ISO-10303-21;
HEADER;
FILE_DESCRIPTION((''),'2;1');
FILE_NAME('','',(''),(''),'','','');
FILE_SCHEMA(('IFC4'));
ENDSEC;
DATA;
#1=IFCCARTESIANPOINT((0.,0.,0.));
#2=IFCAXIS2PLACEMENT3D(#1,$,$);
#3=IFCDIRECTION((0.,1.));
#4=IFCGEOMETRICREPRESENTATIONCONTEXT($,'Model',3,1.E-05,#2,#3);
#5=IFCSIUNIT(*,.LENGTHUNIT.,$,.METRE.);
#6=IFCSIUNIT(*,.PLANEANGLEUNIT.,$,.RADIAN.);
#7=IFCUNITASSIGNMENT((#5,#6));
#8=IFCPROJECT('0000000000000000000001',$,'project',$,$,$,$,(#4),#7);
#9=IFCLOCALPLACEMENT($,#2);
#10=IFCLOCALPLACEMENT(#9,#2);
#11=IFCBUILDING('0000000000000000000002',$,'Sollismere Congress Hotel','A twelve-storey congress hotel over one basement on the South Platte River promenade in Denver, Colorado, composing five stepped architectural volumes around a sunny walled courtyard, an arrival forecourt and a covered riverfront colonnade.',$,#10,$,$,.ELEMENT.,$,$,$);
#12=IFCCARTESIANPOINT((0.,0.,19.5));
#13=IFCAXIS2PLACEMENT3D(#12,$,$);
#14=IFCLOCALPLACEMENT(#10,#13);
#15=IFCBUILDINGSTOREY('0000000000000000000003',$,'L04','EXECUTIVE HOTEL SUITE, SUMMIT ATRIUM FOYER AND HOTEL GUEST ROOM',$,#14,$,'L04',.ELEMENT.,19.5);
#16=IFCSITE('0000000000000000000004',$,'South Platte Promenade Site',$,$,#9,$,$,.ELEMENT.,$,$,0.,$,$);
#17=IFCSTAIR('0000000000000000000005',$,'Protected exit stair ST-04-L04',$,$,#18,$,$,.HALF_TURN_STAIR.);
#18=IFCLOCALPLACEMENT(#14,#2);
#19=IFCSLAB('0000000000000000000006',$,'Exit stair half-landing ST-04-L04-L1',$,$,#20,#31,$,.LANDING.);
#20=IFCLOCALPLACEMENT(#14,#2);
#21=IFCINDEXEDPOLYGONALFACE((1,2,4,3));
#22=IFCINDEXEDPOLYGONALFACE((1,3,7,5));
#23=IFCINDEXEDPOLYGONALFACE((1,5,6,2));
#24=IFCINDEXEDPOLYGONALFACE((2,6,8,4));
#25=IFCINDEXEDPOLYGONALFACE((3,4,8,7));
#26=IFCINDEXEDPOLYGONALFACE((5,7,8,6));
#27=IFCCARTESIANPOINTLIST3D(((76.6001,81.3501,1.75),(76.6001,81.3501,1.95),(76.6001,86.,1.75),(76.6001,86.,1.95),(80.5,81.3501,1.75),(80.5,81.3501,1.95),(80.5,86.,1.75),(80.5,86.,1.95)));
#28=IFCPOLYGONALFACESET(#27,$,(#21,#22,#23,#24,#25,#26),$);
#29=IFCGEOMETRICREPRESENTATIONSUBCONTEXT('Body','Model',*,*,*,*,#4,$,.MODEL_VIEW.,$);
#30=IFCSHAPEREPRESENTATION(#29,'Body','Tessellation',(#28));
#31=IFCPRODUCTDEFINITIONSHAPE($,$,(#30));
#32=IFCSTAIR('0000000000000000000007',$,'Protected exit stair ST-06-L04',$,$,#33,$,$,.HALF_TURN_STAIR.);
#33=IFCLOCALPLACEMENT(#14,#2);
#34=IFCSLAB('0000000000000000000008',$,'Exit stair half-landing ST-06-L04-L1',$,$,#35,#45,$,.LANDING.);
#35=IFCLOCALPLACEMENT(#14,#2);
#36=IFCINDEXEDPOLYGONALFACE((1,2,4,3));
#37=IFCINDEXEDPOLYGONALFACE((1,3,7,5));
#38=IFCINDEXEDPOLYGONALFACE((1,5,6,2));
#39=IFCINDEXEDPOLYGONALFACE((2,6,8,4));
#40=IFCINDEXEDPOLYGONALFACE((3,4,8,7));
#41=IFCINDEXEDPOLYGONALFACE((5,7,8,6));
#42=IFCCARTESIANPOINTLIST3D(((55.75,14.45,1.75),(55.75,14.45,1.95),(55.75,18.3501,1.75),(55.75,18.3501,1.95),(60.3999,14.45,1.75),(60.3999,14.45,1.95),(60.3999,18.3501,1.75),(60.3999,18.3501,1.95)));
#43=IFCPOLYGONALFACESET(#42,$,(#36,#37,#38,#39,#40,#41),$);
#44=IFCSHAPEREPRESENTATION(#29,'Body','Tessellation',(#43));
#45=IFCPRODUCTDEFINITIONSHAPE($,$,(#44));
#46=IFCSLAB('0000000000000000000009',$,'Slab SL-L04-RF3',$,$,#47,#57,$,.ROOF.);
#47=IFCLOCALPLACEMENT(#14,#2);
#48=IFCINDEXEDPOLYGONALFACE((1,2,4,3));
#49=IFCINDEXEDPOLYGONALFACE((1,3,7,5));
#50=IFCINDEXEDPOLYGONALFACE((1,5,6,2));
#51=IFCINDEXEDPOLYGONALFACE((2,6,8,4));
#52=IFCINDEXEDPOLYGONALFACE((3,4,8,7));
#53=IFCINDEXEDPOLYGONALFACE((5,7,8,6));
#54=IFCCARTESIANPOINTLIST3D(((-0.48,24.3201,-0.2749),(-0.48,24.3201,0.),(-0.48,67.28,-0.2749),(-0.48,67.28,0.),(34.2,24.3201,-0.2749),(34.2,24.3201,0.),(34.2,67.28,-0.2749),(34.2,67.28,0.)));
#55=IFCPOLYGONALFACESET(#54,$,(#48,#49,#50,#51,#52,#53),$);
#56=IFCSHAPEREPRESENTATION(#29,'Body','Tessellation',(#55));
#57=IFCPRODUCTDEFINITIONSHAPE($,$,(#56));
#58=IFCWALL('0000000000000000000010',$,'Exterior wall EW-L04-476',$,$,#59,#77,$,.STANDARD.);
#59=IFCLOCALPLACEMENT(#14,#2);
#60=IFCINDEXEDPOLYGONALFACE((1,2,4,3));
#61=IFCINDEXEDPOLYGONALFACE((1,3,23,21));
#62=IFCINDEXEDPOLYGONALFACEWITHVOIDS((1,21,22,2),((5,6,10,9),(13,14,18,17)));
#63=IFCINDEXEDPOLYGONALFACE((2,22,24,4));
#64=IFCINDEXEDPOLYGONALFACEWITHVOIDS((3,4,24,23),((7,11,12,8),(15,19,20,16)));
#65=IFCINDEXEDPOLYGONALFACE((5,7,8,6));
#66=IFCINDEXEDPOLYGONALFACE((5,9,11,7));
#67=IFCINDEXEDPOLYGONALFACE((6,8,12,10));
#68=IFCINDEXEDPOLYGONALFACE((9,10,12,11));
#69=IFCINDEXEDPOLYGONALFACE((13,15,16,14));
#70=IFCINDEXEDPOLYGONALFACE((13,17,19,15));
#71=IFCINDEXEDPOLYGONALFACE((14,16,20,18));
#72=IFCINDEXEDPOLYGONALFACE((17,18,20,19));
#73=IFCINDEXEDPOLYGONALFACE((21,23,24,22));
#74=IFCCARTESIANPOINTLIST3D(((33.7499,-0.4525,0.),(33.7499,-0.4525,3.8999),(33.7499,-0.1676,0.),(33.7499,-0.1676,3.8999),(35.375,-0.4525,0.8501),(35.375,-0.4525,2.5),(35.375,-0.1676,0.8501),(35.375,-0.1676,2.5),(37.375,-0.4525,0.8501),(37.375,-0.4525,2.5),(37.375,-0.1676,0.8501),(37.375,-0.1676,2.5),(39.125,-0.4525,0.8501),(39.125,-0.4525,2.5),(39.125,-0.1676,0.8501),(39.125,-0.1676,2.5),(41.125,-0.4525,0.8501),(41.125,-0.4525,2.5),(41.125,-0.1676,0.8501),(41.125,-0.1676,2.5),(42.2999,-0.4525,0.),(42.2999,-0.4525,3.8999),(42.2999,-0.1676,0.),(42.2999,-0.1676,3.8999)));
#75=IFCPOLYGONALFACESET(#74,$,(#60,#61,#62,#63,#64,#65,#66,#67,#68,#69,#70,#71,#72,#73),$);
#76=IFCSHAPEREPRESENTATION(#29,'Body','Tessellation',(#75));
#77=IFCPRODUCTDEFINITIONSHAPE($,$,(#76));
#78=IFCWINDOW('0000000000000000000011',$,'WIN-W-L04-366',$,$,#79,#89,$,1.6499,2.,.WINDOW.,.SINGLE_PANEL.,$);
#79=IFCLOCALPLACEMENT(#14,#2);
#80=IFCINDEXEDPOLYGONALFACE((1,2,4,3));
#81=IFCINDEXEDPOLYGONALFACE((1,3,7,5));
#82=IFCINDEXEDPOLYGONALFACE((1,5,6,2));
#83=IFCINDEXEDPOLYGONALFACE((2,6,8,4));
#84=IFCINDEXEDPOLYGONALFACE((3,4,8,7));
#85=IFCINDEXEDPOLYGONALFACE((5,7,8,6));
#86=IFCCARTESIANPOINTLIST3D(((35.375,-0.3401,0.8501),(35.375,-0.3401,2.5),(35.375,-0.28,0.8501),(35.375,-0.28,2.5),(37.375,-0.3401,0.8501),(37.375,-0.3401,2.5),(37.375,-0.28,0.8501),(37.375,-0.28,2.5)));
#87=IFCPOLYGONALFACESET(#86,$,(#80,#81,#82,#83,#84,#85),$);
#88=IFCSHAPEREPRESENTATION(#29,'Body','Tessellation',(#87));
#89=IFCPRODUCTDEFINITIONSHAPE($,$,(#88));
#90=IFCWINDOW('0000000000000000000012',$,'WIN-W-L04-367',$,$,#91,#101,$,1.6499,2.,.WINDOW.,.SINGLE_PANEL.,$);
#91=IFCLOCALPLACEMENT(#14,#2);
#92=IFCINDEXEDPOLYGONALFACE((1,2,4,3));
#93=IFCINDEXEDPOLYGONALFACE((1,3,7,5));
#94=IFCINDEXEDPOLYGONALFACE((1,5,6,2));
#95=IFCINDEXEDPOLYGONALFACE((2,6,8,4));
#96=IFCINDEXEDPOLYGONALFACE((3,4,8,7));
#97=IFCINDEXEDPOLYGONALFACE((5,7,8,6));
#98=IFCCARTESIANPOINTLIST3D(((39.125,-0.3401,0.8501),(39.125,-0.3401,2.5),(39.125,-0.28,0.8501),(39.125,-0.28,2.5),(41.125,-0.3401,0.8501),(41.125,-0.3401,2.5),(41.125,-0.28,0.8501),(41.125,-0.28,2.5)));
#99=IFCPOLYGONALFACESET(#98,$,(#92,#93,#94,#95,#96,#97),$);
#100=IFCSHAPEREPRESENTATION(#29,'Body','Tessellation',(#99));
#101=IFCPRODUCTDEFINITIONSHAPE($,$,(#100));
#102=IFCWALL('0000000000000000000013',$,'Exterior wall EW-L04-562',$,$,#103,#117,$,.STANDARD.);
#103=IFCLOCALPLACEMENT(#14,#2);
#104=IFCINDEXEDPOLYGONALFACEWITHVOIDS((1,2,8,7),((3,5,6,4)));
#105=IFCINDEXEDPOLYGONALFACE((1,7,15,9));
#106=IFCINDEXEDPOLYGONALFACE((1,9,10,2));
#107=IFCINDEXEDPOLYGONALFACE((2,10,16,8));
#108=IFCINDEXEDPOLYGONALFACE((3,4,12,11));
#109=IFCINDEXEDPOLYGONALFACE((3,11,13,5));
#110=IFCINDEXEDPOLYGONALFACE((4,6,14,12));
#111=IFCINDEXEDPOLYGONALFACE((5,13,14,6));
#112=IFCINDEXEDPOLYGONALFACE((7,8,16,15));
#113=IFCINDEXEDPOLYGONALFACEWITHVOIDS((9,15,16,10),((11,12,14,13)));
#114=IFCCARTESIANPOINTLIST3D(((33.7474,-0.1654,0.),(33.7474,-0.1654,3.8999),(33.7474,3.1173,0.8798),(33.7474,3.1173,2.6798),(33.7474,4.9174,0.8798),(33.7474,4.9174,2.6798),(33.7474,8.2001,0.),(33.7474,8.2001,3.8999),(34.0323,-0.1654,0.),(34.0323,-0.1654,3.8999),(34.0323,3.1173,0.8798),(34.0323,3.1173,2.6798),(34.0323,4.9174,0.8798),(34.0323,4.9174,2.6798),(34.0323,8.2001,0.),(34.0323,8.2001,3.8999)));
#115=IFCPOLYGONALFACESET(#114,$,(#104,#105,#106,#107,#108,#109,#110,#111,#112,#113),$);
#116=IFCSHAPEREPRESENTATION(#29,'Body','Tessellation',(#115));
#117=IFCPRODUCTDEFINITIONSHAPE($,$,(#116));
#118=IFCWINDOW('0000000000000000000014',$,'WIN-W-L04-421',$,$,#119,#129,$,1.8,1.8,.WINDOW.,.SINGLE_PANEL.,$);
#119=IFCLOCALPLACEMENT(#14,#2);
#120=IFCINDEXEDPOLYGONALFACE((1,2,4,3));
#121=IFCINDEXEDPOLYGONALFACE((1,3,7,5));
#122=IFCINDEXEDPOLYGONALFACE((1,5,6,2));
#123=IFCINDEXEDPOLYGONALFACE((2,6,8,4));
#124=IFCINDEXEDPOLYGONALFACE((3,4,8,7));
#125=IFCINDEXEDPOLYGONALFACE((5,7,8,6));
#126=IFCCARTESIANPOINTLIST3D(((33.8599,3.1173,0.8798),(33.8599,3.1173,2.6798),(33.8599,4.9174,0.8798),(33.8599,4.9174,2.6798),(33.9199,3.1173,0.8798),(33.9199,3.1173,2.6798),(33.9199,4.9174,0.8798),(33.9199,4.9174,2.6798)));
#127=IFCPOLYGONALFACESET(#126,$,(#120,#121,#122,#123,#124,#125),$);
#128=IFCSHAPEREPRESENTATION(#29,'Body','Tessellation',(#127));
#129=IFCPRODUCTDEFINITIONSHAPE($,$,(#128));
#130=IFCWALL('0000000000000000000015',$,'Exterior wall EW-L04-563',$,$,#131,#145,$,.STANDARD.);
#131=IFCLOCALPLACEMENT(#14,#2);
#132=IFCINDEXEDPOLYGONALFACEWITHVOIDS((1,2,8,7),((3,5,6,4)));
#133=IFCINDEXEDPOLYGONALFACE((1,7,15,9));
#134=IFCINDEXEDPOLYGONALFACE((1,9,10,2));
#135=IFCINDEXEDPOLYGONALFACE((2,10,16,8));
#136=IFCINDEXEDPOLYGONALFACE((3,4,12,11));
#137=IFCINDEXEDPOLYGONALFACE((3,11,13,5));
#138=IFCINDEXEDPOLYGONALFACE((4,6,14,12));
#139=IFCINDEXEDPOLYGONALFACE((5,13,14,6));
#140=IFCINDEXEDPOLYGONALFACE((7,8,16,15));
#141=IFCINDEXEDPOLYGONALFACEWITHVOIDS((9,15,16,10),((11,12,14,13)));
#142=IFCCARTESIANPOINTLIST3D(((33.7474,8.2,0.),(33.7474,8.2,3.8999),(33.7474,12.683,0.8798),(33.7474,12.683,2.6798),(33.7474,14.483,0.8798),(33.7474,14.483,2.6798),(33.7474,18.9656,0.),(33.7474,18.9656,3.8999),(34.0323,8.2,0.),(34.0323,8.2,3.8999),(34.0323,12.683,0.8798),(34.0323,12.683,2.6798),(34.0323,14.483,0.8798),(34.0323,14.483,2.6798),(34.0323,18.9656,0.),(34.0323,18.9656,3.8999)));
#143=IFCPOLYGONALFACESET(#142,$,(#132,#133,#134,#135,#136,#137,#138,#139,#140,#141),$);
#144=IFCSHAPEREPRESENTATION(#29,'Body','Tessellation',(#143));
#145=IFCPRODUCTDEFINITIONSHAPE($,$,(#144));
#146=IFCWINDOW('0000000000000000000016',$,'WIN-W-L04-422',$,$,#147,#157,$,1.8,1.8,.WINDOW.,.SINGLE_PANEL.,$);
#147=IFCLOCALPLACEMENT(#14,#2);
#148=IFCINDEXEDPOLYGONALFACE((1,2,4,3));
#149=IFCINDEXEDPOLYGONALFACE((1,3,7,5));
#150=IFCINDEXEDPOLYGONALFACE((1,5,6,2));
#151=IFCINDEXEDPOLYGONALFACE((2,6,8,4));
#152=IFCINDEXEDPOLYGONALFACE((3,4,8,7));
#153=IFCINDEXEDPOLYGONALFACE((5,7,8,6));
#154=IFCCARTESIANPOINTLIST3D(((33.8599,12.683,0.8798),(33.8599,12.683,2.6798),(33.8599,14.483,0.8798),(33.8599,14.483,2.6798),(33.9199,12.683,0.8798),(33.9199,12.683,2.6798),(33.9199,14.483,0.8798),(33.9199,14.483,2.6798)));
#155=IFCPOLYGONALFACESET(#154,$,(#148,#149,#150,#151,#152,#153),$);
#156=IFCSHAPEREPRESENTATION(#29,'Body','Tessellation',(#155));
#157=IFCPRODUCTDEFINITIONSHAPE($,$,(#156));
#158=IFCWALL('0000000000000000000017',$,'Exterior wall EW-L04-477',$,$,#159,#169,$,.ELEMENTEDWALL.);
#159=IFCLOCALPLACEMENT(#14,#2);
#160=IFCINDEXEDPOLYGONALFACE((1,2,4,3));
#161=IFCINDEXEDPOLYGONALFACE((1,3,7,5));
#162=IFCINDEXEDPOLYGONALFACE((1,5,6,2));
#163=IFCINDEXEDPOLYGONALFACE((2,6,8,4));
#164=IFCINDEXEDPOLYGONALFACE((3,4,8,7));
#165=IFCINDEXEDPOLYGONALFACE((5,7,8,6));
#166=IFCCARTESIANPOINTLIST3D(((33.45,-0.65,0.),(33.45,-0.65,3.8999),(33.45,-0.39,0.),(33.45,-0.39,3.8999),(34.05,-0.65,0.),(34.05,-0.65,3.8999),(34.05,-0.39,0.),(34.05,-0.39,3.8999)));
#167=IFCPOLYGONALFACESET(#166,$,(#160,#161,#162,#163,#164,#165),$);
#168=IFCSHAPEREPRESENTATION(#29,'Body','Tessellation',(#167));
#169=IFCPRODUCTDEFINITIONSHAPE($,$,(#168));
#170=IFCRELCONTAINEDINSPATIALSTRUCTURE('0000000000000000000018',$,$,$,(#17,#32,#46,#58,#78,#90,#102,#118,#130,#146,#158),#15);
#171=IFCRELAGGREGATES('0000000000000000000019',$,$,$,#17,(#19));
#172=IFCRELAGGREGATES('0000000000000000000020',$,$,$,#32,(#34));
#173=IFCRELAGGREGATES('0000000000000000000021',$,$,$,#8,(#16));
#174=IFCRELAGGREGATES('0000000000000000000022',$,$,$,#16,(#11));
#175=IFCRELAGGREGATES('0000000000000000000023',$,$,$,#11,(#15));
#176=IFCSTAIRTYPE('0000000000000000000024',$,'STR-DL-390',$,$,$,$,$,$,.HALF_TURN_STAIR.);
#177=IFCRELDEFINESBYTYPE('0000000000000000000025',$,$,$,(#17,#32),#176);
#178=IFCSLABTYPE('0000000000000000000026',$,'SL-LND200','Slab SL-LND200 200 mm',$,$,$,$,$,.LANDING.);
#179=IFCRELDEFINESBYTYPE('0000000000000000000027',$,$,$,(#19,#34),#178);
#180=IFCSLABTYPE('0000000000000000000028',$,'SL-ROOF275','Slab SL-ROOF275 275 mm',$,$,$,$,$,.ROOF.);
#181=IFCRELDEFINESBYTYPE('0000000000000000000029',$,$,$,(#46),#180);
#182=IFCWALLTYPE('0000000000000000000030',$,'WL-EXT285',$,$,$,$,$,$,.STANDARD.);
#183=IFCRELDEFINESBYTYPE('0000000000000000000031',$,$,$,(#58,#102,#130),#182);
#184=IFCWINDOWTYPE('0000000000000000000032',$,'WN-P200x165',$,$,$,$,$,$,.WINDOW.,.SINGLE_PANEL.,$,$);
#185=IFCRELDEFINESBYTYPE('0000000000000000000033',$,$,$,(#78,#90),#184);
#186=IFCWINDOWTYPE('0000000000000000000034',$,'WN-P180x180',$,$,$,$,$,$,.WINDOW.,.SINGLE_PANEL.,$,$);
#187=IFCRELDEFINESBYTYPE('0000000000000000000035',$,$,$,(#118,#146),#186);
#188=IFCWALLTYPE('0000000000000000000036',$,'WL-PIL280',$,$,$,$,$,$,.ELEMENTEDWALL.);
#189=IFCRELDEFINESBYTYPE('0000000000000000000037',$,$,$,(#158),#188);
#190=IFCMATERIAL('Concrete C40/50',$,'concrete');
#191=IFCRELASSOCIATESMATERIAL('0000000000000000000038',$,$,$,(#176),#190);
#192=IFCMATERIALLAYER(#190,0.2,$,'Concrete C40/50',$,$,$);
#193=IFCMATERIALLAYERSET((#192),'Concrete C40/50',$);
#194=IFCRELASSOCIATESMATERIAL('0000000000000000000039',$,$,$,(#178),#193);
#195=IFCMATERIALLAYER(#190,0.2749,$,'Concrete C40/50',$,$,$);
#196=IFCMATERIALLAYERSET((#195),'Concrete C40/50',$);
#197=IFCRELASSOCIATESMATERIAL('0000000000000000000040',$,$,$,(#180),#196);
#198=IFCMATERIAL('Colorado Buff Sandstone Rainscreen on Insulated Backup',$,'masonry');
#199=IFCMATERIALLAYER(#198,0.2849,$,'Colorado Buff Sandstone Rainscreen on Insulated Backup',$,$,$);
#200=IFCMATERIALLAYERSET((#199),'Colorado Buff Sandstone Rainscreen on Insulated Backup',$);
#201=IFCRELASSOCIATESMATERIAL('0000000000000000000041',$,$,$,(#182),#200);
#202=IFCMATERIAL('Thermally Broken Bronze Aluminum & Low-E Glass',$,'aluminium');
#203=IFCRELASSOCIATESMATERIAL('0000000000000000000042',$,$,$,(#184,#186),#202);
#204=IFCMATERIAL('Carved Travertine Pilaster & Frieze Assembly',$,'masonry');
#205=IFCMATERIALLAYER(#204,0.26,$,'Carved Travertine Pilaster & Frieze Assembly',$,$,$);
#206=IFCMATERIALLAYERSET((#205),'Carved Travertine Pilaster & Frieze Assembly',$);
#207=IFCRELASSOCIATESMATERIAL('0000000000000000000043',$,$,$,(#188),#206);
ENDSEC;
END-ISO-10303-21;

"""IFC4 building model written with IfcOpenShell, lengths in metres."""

from ifc_helpers import new_model, si_unit, direction, frame, frame_2d, origin, place, context, subcontext, project, spatial, polyline, rectangle, outline, extrude, material, layer, layer_set, type_object, element, fill, aggregate, save


model = new_model("IFC4")

# Units and contexts
model_context = context("Model", 3, precision=1e-05, world=origin(), true_north=direction((0.0, 1.0)))
body_context = subcontext(model_context, "Body", "Model", "MODEL_VIEW")
ifc_project = project(units=[si_unit("LENGTHUNIT", "METRE"), si_unit("PLANEANGLEUNIT", "RADIAN")], contexts=[model_context])

# Site, building, storey
site_placement = place(None, origin())
site = spatial("IfcSite", under=ifc_project, at=site_placement, Name="South Platte Promenade Site", CompositionType="ELEMENT", RefElevation=0.0)
building_placement = place(site_placement, origin())
building = spatial("IfcBuilding", under=site, at=building_placement, Name="Sollismere Congress Hotel", Description="A twelve-storey congress hotel over one basement on the South Platte River promenade in Denver, Colorado, composing five stepped architectural volumes around a sunny walled courtyard, an arrival forecourt and a covered riverfront colonnade.", CompositionType="ELEMENT")
storey_placement = place(building_placement, frame((0.0, 0.0, 19.5)))
storey = spatial("IfcBuildingStorey", under=building, at=storey_placement, Name="L04", Description="EXECUTIVE HOTEL SUITE, SUMMIT ATRIUM FOYER AND HOTEL GUEST ROOM", LongName="L04", CompositionType="ELEMENT", Elevation=19.5)

# Shared definitions
ifc_material_1 = material(Name="Concrete C40/50", Category="concrete")

# Stairs, slabs
stair_type = type_object("IfcStairType", Name="STR-DL-390", PredefinedType="HALF_TURN_STAIR", material=ifc_material_1)
ifc_layer_1 = layer(ifc_material_1, 0.2, Name="Concrete C40/50")
ifc_layer_set_1 = layer_set([ifc_layer_1], Name="Concrete C40/50")
slab_type_1 = type_object("IfcSlabType", Name="SL-LND200", Description="Slab SL-LND200 200 mm", PredefinedType="LANDING", material=ifc_layer_set_1)
stair_1_placement = place(storey_placement, origin())
stair_1 = element("IfcStair", 1, at=stair_1_placement, inside=storey, type_object=stair_type, Name="Protected exit stair ST-04-L04", PredefinedType="HALF_TURN_STAIR")
slab_1_placement = place(storey_placement, frame((0.0, 0.0, 1.75)))
slab_1 = element("IfcSlab", 2, at=slab_1_placement, type_object=slab_type_1, Name="Exit stair half-landing ST-04-L04-L1", PredefinedType="LANDING", context=body_context, shape_type="SweptSolid", body=[
    extrude(outline(polyline([(80.5, 81.3501), (80.5, 86.0), (76.6001, 86.0), (76.6001, 81.3501), (80.5, 81.3501)])), origin(), (0.0, 0.0, 1.0), 0.2),
])
aggregate(stair_1, [slab_1])
stair_2_placement = place(storey_placement, origin())
stair_2 = element("IfcStair", 3, at=stair_2_placement, inside=storey, type_object=stair_type, Name="Protected exit stair ST-06-L04", PredefinedType="HALF_TURN_STAIR")
slab_2_placement = place(storey_placement, frame((0.0, 0.0, 1.75)))
slab_2 = element("IfcSlab", 4, at=slab_2_placement, type_object=slab_type_1, Name="Exit stair half-landing ST-06-L04-L1", PredefinedType="LANDING", context=body_context, shape_type="SweptSolid", body=[
    extrude(outline(polyline([(55.75, 14.45), (60.3999, 14.45), (60.3999, 18.3501), (55.75, 18.3501), (55.75, 14.45)])), origin(), (0.0, 0.0, 1.0), 0.2),
])
aggregate(stair_2, [slab_2])

# Slab
ifc_layer_2 = layer(ifc_material_1, 0.2749, Name="Concrete C40/50")
ifc_layer_set_2 = layer_set([ifc_layer_2], Name="Concrete C40/50")
slab_type_2 = type_object("IfcSlabType", Name="SL-ROOF275", Description="Slab SL-ROOF275 275 mm", PredefinedType="ROOF", material=ifc_layer_set_2)
slab_3_placement = place(storey_placement, frame((0.0, 0.0, -0.2749)))
element("IfcSlab", 5, at=slab_3_placement, inside=storey, type_object=slab_type_2, Name="Slab SL-L04-RF3", PredefinedType="ROOF", context=body_context, shape_type="SweptSolid", body=[
    extrude(outline(polyline([(34.2, 24.3201), (34.2, 67.28), (-0.48, 67.28), (-0.48, 24.3201), (34.2, 24.3201)])), origin(), (0.0, 0.0, 1.0), 0.2749),
])

# Wall, openings, windows
ifc_material_2 = material(Name="Colorado Buff Sandstone Rainscreen on Insulated Backup", Category="masonry")
ifc_layer_3 = layer(ifc_material_2, 0.2849, Name="Colorado Buff Sandstone Rainscreen on Insulated Backup")
ifc_layer_set_3 = layer_set([ifc_layer_3], Name="Colorado Buff Sandstone Rainscreen on Insulated Backup")
wall_type_1 = type_object("IfcWallType", Name="WL-EXT285", PredefinedType="STANDARD", material=ifc_layer_set_3)
wall_1_placement = place(storey_placement, frame((33.75, -0.3101, 0.0), z_axis=(0.0, 0.0, 1.0), x_axis=(1.0, 0.0, 0.0)))
wall_1 = element("IfcWall", 6, at=wall_1_placement, inside=storey, type_object=wall_type_1, Name="Exterior wall EW-L04-476", PredefinedType="STANDARD", context=body_context, shape_type="SweptSolid", body=[
    extrude(rectangle(XDim=8.55, YDim=0.2849, at=frame_2d((4.2749, 0.0))), origin(), (0.0, 0.0, 1.0), 3.8999),
])
opening_1_placement = place(wall_1_placement, frame((1.625, 0.0, 0.8501)))
opening_1 = element("IfcOpeningElement", 7, at=opening_1_placement, cuts=wall_1, PredefinedType="OPENING", context=body_context, shape_type="SweptSolid", body=[
    extrude(rectangle(XDim=2.0, YDim=1.6499, at=frame_2d((1.0, 0.825))), frame((0.0, 0.1523, 0.0), z_axis=(0.0, -1.0, 0.0), x_axis=(1.0, 0.0, 0.0)), (0.0, 0.0, 1.0), 0.3049),
])
opening_2_placement = place(wall_1_placement, frame((5.375, 0.0, 0.8501)))
opening_2 = element("IfcOpeningElement", 8, at=opening_2_placement, cuts=wall_1, PredefinedType="OPENING", context=body_context, shape_type="SweptSolid", body=[
    extrude(rectangle(XDim=2.0, YDim=1.6499, at=frame_2d((1.0, 0.825))), frame((0.0, 0.1523, 0.0), z_axis=(0.0, -1.0, 0.0), x_axis=(1.0, 0.0, 0.0)), (0.0, 0.0, 1.0), 0.3049),
])
ifc_material_3 = material(Name="Thermally Broken Bronze Aluminum & Low-E Glass", Category="aluminium")
window_type_1 = type_object("IfcWindowType", Name="WN-P200x165", PartitioningType="SINGLE_PANEL", PredefinedType="WINDOW", material=ifc_material_3)
window_1_placement = place(opening_1_placement, origin())
window_1 = element("IfcWindow", 9, at=window_1_placement, inside=storey, type_object=window_type_1, Name="WIN-W-L04-366", OverallHeight=1.6499, OverallWidth=2.0, PartitioningType="SINGLE_PANEL", PredefinedType="WINDOW", context=body_context, shape_type="SweptSolid", body=[
    extrude(rectangle(XDim=2.0, YDim=1.6499, at=frame_2d((1.0, 0.825))), frame((0.0, 0.03, 0.0), z_axis=(0.0, -1.0, 0.0), x_axis=(1.0, 0.0, 0.0)), (0.0, 0.0, 1.0), 0.0601),
])
fill(opening_1, window_1)
window_2_placement = place(opening_2_placement, origin())
window_2 = element("IfcWindow", 10, at=window_2_placement, inside=storey, type_object=window_type_1, Name="WIN-W-L04-367", OverallHeight=1.6499, OverallWidth=2.0, PartitioningType="SINGLE_PANEL", PredefinedType="WINDOW", context=body_context, shape_type="SweptSolid", body=[
    extrude(rectangle(XDim=2.0, YDim=1.6499, at=frame_2d((1.0, 0.825))), frame((0.0, 0.03, 0.0), z_axis=(0.0, -1.0, 0.0), x_axis=(1.0, 0.0, 0.0)), (0.0, 0.0, 1.0), 0.0601),
])
fill(opening_2, window_2)

# Walls, openings, windows
wall_2_placement = place(storey_placement, frame((33.8899, 8.2, 0.0), z_axis=(0.0, 0.0, 1.0), x_axis=(0.0, -1.0, 0.0)))
wall_2 = element("IfcWall", 11, at=wall_2_placement, inside=storey, type_object=wall_type_1, Name="Exterior wall EW-L04-562", PredefinedType="STANDARD", context=body_context, shape_type="SweptSolid", body=[
    extrude(rectangle(XDim=8.3655, YDim=0.2849, at=frame_2d((4.1826, 0.0))), origin(), (0.0, 0.0, 1.0), 3.8999),
])
opening_3_placement = place(wall_2_placement, frame((3.2827, 0.0, 0.8799)))
opening_3 = element("IfcOpeningElement", 12, at=opening_3_placement, cuts=wall_2, PredefinedType="OPENING", context=body_context, shape_type="SweptSolid", body=[
    extrude(rectangle(XDim=1.8, YDim=1.8, at=frame_2d((0.8999, 0.8999))), frame((0.0, 0.1523, 0.0), z_axis=(0.0, -1.0, 0.0), x_axis=(1.0, 0.0, 0.0)), (0.0, 0.0, 1.0), 0.3049),
])
window_type_2 = type_object("IfcWindowType", Name="WN-P180x180", PartitioningType="SINGLE_PANEL", PredefinedType="WINDOW", material=ifc_material_3)
window_3_placement = place(opening_3_placement, origin())
window_3 = element("IfcWindow", 13, at=window_3_placement, inside=storey, type_object=window_type_2, Name="WIN-W-L04-421", OverallHeight=1.8, OverallWidth=1.8, PartitioningType="SINGLE_PANEL", PredefinedType="WINDOW", context=body_context, shape_type="SweptSolid", body=[
    extrude(rectangle(XDim=1.8, YDim=1.8, at=frame_2d((0.8999, 0.8999))), frame((0.0, 0.03, 0.0), z_axis=(0.0, -1.0, 0.0), x_axis=(1.0, 0.0, 0.0)), (0.0, 0.0, 1.0), 0.0601),
])
fill(opening_3, window_3)
wall_3_placement = place(storey_placement, frame((33.8899, 18.9656, 0.0), z_axis=(0.0, 0.0, 1.0), x_axis=(0.0, -1.0, 0.0)))
wall_3 = element("IfcWall", 14, at=wall_3_placement, inside=storey, type_object=wall_type_1, Name="Exterior wall EW-L04-563", PredefinedType="STANDARD", context=body_context, shape_type="SweptSolid", body=[
    extrude(rectangle(XDim=10.7656, YDim=0.2849, at=frame_2d((5.3828, 0.0))), origin(), (0.0, 0.0, 1.0), 3.8999),
])
opening_4_placement = place(wall_3_placement, frame((4.4827, 0.0, 0.8799)))
opening_4 = element("IfcOpeningElement", 15, at=opening_4_placement, cuts=wall_3, PredefinedType="OPENING", context=body_context, shape_type="SweptSolid", body=[
    extrude(rectangle(XDim=1.8, YDim=1.8, at=frame_2d((0.8999, 0.8999))), frame((0.0, 0.1523, 0.0), z_axis=(0.0, -1.0, 0.0), x_axis=(1.0, 0.0, 0.0)), (0.0, 0.0, 1.0), 0.3049),
])
window_4_placement = place(opening_4_placement, origin())
window_4 = element("IfcWindow", 16, at=window_4_placement, inside=storey, type_object=window_type_2, Name="WIN-W-L04-422", OverallHeight=1.8, OverallWidth=1.8, PartitioningType="SINGLE_PANEL", PredefinedType="WINDOW", context=body_context, shape_type="SweptSolid", body=[
    extrude(rectangle(XDim=1.8, YDim=1.8, at=frame_2d((0.8999, 0.8999))), frame((0.0, 0.03, 0.0), z_axis=(0.0, -1.0, 0.0), x_axis=(1.0, 0.0, 0.0)), (0.0, 0.0, 1.0), 0.0601),
])
fill(opening_4, window_4)

# Wall
ifc_material_4 = material(Name="Carved Travertine Pilaster & Frieze Assembly", Category="masonry")
ifc_layer_4 = layer(ifc_material_4, 0.26, Name="Carved Travertine Pilaster & Frieze Assembly")
ifc_layer_set_4 = layer_set([ifc_layer_4], Name="Carved Travertine Pilaster & Frieze Assembly")
wall_type_2 = type_object("IfcWallType", Name="WL-PIL280", PredefinedType="ELEMENTEDWALL", material=ifc_layer_set_4)
wall_4_placement = place(storey_placement, frame((33.45, -0.52, 0.0), z_axis=(0.0, 0.0, 1.0), x_axis=(1.0, 0.0, 0.0)))
element("IfcWall", 17, at=wall_4_placement, inside=storey, type_object=wall_type_2, Name="Exterior wall EW-L04-477", PredefinedType="ELEMENTEDWALL", context=body_context, shape_type="SweptSolid", body=[
    extrude(rectangle(XDim=0.6001, YDim=0.26, at=frame_2d((0.3, 0.0))), origin(), (0.0, 0.0, 1.0), 3.8999),
])

save(model, "model.ifc")
